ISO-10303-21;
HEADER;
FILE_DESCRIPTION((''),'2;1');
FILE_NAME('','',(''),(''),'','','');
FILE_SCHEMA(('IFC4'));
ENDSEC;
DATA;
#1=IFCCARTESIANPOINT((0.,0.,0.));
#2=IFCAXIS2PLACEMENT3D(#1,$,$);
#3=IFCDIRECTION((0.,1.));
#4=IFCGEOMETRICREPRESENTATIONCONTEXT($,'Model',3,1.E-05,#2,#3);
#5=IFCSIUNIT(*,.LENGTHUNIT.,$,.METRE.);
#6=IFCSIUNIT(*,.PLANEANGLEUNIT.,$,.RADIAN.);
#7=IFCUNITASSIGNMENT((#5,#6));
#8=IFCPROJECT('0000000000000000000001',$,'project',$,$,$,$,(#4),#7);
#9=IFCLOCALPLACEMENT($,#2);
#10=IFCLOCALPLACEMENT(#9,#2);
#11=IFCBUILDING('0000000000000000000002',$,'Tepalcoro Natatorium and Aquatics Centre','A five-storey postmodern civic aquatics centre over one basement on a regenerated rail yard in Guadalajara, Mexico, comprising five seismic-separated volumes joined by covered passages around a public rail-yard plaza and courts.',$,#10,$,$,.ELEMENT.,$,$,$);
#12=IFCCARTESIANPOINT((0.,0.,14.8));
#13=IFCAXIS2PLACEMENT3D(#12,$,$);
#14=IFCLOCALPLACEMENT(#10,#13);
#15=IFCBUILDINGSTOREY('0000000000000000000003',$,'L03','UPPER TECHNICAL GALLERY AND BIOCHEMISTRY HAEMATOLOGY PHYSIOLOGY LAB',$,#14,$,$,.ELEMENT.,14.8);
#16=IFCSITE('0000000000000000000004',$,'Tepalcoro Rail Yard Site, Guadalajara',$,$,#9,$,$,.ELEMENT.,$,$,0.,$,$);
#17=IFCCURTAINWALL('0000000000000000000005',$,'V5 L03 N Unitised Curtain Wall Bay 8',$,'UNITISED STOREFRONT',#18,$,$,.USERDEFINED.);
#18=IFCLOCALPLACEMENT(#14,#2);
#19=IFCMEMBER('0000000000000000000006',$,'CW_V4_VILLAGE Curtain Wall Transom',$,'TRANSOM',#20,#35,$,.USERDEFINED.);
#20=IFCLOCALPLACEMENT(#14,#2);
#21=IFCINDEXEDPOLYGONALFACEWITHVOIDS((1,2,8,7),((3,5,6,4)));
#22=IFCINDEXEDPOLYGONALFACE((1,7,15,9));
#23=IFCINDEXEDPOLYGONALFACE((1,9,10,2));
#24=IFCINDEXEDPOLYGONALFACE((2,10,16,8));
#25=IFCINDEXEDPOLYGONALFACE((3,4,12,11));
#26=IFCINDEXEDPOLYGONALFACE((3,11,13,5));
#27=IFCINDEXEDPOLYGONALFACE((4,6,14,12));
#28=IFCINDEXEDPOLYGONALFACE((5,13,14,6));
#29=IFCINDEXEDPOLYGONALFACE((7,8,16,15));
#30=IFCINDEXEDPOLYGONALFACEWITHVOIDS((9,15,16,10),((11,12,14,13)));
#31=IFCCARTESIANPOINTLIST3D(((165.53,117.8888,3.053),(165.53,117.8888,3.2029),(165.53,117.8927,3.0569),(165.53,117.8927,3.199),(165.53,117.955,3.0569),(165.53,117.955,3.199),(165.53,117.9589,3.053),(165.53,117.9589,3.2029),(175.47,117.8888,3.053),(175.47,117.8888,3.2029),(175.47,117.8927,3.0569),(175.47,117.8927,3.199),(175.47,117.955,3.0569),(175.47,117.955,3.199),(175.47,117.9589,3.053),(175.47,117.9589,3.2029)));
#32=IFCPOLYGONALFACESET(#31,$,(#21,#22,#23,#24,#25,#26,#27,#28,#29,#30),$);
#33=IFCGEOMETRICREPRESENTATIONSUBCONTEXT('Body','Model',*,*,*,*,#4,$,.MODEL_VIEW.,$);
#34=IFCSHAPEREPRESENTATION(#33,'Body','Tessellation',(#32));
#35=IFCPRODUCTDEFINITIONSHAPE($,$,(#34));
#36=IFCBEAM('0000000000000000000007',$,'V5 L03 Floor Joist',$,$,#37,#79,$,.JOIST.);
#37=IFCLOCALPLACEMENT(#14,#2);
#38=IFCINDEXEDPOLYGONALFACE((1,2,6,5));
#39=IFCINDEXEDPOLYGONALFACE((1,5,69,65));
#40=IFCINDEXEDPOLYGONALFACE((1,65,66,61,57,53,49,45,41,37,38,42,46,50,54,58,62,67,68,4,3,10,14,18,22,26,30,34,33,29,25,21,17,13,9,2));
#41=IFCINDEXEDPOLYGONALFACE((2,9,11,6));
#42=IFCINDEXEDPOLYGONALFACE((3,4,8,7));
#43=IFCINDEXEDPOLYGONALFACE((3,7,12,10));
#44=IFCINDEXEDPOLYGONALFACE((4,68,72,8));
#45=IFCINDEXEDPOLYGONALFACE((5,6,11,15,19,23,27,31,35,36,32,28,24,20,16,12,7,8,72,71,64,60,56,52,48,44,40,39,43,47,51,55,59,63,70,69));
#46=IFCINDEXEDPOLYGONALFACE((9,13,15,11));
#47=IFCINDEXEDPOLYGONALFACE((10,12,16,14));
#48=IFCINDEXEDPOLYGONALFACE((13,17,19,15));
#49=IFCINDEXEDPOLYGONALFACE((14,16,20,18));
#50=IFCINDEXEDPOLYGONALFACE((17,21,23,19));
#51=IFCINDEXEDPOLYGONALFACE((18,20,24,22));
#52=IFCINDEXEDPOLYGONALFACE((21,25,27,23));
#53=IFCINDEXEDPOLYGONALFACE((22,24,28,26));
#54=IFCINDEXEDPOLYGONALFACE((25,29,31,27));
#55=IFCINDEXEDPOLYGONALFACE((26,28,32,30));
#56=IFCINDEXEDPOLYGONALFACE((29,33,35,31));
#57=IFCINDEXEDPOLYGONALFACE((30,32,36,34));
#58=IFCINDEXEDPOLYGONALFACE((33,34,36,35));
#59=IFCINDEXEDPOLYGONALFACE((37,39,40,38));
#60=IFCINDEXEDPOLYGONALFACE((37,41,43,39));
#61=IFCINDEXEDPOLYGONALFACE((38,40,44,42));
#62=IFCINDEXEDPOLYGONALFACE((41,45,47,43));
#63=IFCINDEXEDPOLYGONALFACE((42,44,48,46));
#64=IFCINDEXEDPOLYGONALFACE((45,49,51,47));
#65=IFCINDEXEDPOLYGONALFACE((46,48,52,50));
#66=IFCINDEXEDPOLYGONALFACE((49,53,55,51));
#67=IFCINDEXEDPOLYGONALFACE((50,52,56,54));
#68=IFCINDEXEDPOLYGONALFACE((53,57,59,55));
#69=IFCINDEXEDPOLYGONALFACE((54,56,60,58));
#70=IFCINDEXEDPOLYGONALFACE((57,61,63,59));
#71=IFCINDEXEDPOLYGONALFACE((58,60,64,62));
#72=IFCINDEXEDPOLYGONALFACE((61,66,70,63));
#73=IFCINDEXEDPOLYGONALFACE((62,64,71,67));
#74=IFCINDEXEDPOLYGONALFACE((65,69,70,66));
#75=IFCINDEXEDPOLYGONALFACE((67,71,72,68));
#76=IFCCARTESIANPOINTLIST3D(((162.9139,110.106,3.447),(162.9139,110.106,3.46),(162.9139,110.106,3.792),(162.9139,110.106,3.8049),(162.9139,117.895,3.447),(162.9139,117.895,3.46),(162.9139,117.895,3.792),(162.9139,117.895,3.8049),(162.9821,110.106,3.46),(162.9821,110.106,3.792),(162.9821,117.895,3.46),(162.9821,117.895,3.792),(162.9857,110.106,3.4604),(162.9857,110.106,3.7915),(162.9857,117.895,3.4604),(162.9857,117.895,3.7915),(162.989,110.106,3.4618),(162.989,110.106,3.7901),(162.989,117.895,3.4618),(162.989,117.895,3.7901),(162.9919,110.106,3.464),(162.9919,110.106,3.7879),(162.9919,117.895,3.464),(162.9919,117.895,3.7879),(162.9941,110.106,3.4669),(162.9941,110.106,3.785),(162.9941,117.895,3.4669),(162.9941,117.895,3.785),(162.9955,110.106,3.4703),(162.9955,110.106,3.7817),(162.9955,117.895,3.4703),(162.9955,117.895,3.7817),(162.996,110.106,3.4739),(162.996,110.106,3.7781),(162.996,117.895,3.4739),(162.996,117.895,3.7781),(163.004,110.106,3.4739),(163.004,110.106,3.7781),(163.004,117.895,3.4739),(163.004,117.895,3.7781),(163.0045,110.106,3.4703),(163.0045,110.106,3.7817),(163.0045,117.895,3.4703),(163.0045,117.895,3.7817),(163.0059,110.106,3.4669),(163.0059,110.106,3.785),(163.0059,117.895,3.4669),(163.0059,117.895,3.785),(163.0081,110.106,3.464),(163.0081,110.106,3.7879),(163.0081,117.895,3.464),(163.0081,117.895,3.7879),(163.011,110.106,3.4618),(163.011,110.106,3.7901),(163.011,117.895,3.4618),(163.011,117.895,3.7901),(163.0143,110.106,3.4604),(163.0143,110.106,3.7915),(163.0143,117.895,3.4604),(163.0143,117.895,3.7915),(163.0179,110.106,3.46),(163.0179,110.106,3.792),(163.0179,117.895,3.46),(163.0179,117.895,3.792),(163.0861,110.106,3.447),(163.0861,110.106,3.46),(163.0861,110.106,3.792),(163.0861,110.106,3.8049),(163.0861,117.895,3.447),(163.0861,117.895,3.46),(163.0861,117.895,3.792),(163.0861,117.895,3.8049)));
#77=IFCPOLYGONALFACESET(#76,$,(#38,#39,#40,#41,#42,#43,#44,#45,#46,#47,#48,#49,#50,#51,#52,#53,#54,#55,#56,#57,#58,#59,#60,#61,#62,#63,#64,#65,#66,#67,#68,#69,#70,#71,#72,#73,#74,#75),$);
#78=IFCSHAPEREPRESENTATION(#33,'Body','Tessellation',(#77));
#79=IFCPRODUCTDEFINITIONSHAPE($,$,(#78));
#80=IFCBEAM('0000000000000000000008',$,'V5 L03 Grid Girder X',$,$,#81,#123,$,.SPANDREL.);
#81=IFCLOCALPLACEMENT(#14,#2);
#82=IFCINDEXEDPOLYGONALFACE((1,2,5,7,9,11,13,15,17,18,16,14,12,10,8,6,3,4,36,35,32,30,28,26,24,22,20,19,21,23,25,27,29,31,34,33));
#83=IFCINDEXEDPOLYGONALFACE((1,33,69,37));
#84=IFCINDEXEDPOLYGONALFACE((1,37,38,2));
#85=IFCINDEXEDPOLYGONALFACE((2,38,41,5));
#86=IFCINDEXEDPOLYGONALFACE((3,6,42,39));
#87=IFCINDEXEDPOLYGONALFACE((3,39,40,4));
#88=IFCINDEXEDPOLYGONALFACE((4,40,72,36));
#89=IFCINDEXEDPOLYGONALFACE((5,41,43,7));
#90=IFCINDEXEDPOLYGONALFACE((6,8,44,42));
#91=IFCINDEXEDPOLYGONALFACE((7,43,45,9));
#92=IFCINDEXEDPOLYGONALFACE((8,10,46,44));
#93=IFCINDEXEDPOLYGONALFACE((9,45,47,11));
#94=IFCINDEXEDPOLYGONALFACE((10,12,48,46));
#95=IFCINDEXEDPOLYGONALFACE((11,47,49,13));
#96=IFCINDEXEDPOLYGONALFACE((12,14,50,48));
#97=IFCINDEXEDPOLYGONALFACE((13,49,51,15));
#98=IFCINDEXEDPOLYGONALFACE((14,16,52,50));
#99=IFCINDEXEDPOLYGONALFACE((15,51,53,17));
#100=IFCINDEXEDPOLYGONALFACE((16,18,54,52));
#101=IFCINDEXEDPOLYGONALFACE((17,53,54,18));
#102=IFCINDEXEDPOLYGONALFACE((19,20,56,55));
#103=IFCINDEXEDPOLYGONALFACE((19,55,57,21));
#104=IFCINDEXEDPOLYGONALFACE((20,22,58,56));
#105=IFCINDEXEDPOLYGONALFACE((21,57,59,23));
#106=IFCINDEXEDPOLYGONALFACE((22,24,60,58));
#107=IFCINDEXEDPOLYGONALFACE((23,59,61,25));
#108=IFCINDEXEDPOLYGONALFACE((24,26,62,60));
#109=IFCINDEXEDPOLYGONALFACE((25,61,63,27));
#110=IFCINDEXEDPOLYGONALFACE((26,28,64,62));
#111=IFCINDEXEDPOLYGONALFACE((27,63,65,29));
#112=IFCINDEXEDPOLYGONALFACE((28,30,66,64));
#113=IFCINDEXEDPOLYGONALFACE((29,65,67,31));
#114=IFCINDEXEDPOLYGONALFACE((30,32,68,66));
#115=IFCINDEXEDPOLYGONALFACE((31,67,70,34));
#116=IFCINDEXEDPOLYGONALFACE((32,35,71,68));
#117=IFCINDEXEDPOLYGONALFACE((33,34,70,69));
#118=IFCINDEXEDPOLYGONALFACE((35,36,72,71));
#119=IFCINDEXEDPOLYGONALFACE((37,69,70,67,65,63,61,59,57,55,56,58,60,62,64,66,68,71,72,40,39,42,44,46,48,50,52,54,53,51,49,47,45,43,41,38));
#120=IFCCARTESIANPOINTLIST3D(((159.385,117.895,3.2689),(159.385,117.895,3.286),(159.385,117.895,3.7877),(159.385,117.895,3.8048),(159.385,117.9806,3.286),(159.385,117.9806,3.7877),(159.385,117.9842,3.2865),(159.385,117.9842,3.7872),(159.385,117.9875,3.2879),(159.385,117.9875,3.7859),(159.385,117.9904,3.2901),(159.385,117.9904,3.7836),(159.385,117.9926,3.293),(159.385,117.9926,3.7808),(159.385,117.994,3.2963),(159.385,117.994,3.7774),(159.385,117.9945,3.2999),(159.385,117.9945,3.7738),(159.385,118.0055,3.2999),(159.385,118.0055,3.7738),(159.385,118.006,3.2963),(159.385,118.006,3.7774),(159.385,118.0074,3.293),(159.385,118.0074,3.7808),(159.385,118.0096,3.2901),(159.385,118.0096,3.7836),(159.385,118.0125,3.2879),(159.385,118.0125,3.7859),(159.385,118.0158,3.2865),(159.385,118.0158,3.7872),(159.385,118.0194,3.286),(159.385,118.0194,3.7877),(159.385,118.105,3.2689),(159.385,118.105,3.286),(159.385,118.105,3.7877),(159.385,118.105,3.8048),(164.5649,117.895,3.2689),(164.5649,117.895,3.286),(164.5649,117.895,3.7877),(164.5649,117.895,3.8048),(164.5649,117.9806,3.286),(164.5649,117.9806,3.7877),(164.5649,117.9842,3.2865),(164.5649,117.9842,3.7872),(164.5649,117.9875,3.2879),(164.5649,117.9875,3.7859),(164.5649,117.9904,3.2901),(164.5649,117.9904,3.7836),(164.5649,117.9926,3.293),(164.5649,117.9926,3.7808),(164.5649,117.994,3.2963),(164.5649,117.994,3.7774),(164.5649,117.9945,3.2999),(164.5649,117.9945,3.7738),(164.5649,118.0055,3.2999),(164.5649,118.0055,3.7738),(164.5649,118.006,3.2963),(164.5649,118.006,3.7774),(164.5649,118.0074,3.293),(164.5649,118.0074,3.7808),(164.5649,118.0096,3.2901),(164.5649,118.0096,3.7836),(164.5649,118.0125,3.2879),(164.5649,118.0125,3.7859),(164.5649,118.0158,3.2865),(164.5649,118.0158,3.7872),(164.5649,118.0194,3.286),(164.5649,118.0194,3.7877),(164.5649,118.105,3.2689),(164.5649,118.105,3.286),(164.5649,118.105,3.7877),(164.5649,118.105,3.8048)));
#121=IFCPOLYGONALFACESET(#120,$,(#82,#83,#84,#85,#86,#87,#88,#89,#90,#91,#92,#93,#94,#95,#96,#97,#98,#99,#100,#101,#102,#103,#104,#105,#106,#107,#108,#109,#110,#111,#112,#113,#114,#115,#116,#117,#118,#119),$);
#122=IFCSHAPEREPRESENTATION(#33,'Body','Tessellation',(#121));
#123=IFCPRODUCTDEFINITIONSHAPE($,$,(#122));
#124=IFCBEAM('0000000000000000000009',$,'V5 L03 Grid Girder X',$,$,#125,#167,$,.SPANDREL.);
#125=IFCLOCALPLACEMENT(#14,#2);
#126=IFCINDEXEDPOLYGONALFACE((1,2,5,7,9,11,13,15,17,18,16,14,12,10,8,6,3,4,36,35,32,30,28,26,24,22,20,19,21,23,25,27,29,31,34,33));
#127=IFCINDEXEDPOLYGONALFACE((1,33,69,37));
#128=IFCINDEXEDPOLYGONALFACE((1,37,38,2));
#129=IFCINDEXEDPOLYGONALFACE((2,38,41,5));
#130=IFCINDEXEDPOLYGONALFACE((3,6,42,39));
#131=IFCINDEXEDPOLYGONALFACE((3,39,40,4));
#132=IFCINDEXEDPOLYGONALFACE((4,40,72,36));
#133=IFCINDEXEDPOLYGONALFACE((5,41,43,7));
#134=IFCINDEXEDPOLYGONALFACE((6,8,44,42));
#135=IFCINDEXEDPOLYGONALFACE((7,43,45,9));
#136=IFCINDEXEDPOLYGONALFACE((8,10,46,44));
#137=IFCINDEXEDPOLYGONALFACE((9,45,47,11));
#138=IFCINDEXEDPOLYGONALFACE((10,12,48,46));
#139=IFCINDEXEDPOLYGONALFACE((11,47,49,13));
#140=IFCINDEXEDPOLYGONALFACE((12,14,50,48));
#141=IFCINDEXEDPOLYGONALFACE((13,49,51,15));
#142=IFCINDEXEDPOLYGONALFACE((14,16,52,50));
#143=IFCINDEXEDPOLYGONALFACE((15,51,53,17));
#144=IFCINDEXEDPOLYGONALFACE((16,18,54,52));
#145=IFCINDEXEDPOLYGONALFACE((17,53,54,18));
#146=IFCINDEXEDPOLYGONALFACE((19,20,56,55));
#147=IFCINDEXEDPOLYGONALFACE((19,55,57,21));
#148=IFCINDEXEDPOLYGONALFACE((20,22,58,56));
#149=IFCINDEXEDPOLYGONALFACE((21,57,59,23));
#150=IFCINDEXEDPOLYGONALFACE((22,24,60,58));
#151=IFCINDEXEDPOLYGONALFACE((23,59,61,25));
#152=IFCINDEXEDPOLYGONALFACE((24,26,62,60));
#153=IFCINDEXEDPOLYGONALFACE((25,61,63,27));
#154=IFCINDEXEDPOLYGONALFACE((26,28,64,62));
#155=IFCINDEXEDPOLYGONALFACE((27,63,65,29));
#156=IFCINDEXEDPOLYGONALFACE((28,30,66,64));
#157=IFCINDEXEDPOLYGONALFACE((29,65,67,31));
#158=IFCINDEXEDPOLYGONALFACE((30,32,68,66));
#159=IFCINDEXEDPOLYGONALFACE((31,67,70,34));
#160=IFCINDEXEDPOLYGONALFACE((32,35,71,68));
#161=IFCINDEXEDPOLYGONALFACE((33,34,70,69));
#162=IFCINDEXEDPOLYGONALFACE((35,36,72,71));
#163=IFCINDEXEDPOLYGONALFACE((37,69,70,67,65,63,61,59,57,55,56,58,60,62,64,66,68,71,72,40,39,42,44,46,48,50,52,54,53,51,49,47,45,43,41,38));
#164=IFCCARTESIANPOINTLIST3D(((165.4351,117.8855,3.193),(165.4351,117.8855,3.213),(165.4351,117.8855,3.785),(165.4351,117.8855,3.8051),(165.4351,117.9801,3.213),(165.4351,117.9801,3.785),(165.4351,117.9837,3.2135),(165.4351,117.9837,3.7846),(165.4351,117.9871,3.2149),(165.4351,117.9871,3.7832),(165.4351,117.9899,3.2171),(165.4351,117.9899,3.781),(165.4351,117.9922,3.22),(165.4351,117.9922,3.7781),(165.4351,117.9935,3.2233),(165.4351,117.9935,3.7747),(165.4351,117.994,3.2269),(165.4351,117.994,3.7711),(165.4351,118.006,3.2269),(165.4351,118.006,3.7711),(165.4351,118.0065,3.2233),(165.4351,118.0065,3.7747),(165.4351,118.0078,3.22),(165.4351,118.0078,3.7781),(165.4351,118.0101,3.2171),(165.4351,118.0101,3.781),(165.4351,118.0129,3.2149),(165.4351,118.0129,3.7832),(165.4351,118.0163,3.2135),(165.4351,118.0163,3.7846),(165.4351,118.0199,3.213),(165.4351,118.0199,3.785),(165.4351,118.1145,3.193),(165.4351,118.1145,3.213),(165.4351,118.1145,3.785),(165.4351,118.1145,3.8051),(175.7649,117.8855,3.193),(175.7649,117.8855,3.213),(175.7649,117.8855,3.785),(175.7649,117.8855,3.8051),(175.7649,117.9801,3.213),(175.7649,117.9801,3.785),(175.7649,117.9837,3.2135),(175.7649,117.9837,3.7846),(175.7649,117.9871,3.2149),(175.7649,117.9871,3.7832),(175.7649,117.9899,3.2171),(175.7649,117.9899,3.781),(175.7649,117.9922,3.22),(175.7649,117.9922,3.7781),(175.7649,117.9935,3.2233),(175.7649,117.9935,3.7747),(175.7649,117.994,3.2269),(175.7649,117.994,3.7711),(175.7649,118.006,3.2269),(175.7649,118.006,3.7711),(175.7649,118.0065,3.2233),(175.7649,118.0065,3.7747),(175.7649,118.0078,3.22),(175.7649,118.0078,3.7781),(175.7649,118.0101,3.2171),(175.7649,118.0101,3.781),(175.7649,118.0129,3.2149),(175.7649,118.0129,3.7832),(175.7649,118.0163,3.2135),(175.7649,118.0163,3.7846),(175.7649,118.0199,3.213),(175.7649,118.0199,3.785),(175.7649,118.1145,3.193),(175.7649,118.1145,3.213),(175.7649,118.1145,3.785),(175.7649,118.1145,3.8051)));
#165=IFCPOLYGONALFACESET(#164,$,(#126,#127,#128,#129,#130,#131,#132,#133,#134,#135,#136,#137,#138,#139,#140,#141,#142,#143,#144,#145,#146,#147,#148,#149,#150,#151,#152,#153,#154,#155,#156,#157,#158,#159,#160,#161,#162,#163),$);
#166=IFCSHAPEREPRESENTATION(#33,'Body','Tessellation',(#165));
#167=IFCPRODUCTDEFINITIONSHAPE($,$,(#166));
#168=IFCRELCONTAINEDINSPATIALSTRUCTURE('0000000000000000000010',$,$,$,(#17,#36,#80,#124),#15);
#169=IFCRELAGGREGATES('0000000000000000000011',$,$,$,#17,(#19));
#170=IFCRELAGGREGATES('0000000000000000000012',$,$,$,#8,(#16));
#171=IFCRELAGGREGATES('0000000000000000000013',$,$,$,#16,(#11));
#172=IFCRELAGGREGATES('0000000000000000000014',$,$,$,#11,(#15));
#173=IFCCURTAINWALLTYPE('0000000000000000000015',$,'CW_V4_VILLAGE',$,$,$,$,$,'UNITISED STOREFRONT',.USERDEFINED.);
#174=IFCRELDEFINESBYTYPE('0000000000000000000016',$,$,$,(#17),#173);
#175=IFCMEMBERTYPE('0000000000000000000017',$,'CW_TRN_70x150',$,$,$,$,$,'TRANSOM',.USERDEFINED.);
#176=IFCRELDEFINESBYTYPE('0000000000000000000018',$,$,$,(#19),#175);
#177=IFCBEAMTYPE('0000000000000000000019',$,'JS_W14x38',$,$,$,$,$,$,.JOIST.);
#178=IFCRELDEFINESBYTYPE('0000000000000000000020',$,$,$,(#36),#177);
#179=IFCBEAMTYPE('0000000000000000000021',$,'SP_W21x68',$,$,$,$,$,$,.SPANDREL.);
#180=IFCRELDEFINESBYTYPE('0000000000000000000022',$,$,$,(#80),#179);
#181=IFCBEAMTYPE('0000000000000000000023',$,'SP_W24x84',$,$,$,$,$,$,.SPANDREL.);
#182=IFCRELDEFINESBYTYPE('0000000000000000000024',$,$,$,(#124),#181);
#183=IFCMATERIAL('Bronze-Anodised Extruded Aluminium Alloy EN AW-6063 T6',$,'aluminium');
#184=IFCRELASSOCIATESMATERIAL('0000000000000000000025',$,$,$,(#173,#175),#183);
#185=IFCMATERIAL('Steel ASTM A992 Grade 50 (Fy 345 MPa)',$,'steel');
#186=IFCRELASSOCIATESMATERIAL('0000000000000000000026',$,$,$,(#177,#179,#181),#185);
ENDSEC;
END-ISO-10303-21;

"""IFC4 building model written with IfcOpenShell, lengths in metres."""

from ifc_helpers import new_model, si_unit, direction, frame, origin, origin_2d, place, context, subcontext, project, spatial, hollow_rectangle, i_section, extrude, material, material_profile, profile_set, type_object, element, aggregate, save


model = new_model("IFC4")

# Units and contexts
model_context = context("Model", 3, precision=1e-05, world=origin(), true_north=direction((0.0, 1.0)))
body_context = subcontext(model_context, "Body", "Model", "MODEL_VIEW")
ifc_project = project(units=[si_unit("LENGTHUNIT", "METRE"), si_unit("PLANEANGLEUNIT", "RADIAN")], contexts=[model_context])

# Site, building, storey
site_placement = place(None, origin())
site = spatial("IfcSite", under=ifc_project, at=site_placement, Name="Tepalcoro Rail Yard Site, Guadalajara", CompositionType="ELEMENT", RefElevation=0.0)
building_placement = place(site_placement, origin())
building = spatial("IfcBuilding", under=site, at=building_placement, Name="Tepalcoro Natatorium and Aquatics Centre", Description="A five-storey postmodern civic aquatics centre over one basement on a regenerated rail yard in Guadalajara, Mexico, comprising five seismic-separated volumes joined by covered passages around a public rail-yard plaza and courts.", CompositionType="ELEMENT")
storey_placement = place(building_placement, frame((0.0, 0.0, 14.8)))
storey = spatial("IfcBuildingStorey", under=building, at=storey_placement, Name="L03", Description="UPPER TECHNICAL GALLERY AND BIOCHEMISTRY HAEMATOLOGY PHYSIOLOGY LAB", CompositionType="ELEMENT", Elevation=14.8)

# Shared definitions
ifc_material_1 = material(Name="Steel ASTM A992 Grade 50 (Fy 345 MPa)", Category="steel")

# Shared definitions
ifc_material_2 = material(Name="Bronze-Anodised Extruded Aluminium Alloy EN AW-6063 T6", Category="aluminium")

# Curtain wall, member
curtain_wall_type_1 = type_object("IfcCurtainWallType", Name="CW_V4_VILLAGE", ElementType="UNITISED STOREFRONT", PredefinedType="USERDEFINED", material=ifc_material_2)
curtain_wall_1_placement = place(storey_placement, origin())
curtain_wall_1 = element("IfcCurtainWall", 1, at=curtain_wall_1_placement, inside=storey, type_object=curtain_wall_type_1, Name="V5 L03 N Unitised Curtain Wall Bay 8", ObjectType="UNITISED STOREFRONT", PredefinedType="USERDEFINED")
ifc_material_profile_1 = material_profile(ifc_material_2, hollow_rectangle(XDim=0.0701, YDim=0.1499, WallThickness=0.0039, at=origin_2d()), Name="AL70X150X4")
ifc_profile_set_1 = profile_set([ifc_material_profile_1], Name="Bronze-Anodised Extruded Aluminium Alloy EN AW-6063 T6")
member_type_1 = type_object("IfcMemberType", Name="CW_TRN_70x150", ElementType="TRANSOM", PredefinedType="USERDEFINED", material=ifc_profile_set_1)
member_1_placement = place(storey_placement, frame((165.53, 117.9238, 3.1279), z_axis=(1.0, 0.0, 0.0), x_axis=(0.0, 1.0, 0.0)))
member_1 = element("IfcMember", 2, at=member_1_placement, type_object=member_type_1, Name="CW_V4_VILLAGE Curtain Wall Transom", ObjectType="TRANSOM", PredefinedType="USERDEFINED", context=body_context, shape_type="SweptSolid", body=[
    extrude(hollow_rectangle(XDim=0.0701, YDim=0.1499, WallThickness=0.0039, at=origin_2d()), origin(), (0.0, 0.0, 1.0), 9.9399),
])
aggregate(curtain_wall_1, [member_1])

# Beams
ifc_material_profile_2 = material_profile(ifc_material_1, i_section(OverallWidth=0.1721, OverallDepth=0.3579, WebThickness=0.0081, FlangeThickness=0.0129, FilletRadius=0.0139, at=origin_2d()), Name="W14X38")
ifc_profile_set_2 = profile_set([ifc_material_profile_2], Name="Steel ASTM A992 Grade 50 (Fy 345 MPa)")
beam_type_1 = type_object("IfcBeamType", Name="JS_W14x38", PredefinedType="JOIST", material=ifc_profile_set_2)
beam_1_placement = place(storey_placement, frame((163.0, 110.106, 3.626), z_axis=(0.0, 1.0, 0.0), x_axis=(-1.0, 0.0, 0.0)))
element("IfcBeam", 3, at=beam_1_placement, inside=storey, type_object=beam_type_1, Name="V5 L03 Floor Joist", PredefinedType="JOIST", context=body_context, shape_type="SweptSolid", body=[
    extrude(i_section(OverallWidth=0.1721, OverallDepth=0.3579, WebThickness=0.0081, FlangeThickness=0.0129, FilletRadius=0.0139, at=origin_2d()), origin(), (0.0, 0.0, 1.0), 7.7891),
])
ifc_material_profile_3 = material_profile(ifc_material_1, i_section(OverallWidth=0.21, OverallDepth=0.5359, WebThickness=0.011, FlangeThickness=0.0171, FilletRadius=0.0139, at=origin_2d()), Name="W21X68")
ifc_profile_set_3 = profile_set([ifc_material_profile_3], Name="Steel ASTM A992 Grade 50 (Fy 345 MPa)")
beam_type_2 = type_object("IfcBeamType", Name="SP_W21x68", PredefinedType="SPANDREL", material=ifc_profile_set_3)
beam_2_placement = place(storey_placement, frame((159.385, 118.0, 3.5369), z_axis=(1.0, 0.0, 0.0), x_axis=(0.0, 1.0, 0.0)))
element("IfcBeam", 4, at=beam_2_placement, inside=storey, type_object=beam_type_2, Name="V5 L03 Grid Girder X", PredefinedType="SPANDREL", context=body_context, shape_type="SweptSolid", body=[
    extrude(i_section(OverallWidth=0.21, OverallDepth=0.5359, WebThickness=0.011, FlangeThickness=0.0171, FilletRadius=0.0139, at=origin_2d()), origin(), (0.0, 0.0, 1.0), 5.1799),
])
ifc_material_profile_4 = material_profile(ifc_material_1, i_section(OverallWidth=0.229, OverallDepth=0.6121, WebThickness=0.012, FlangeThickness=0.02, FilletRadius=0.0139, at=origin_2d()), Name="W24X84")
ifc_profile_set_4 = profile_set([ifc_material_profile_4], Name="Steel ASTM A992 Grade 50 (Fy 345 MPa)")
beam_type_3 = type_object("IfcBeamType", Name="SP_W24x84", PredefinedType="SPANDREL", material=ifc_profile_set_4)
beam_3_placement = place(storey_placement, frame((165.4351, 118.0, 3.499), z_axis=(1.0, 0.0, 0.0), x_axis=(0.0, 1.0, 0.0)))
element("IfcBeam", 5, at=beam_3_placement, inside=storey, type_object=beam_type_3, Name="V5 L03 Grid Girder X", PredefinedType="SPANDREL", context=body_context, shape_type="SweptSolid", body=[
    extrude(i_section(OverallWidth=0.229, OverallDepth=0.6121, WebThickness=0.012, FlangeThickness=0.02, FilletRadius=0.0139, at=origin_2d()), origin(), (0.0, 0.0, 1.0), 10.3298),
])

save(model, "model.ifc")
